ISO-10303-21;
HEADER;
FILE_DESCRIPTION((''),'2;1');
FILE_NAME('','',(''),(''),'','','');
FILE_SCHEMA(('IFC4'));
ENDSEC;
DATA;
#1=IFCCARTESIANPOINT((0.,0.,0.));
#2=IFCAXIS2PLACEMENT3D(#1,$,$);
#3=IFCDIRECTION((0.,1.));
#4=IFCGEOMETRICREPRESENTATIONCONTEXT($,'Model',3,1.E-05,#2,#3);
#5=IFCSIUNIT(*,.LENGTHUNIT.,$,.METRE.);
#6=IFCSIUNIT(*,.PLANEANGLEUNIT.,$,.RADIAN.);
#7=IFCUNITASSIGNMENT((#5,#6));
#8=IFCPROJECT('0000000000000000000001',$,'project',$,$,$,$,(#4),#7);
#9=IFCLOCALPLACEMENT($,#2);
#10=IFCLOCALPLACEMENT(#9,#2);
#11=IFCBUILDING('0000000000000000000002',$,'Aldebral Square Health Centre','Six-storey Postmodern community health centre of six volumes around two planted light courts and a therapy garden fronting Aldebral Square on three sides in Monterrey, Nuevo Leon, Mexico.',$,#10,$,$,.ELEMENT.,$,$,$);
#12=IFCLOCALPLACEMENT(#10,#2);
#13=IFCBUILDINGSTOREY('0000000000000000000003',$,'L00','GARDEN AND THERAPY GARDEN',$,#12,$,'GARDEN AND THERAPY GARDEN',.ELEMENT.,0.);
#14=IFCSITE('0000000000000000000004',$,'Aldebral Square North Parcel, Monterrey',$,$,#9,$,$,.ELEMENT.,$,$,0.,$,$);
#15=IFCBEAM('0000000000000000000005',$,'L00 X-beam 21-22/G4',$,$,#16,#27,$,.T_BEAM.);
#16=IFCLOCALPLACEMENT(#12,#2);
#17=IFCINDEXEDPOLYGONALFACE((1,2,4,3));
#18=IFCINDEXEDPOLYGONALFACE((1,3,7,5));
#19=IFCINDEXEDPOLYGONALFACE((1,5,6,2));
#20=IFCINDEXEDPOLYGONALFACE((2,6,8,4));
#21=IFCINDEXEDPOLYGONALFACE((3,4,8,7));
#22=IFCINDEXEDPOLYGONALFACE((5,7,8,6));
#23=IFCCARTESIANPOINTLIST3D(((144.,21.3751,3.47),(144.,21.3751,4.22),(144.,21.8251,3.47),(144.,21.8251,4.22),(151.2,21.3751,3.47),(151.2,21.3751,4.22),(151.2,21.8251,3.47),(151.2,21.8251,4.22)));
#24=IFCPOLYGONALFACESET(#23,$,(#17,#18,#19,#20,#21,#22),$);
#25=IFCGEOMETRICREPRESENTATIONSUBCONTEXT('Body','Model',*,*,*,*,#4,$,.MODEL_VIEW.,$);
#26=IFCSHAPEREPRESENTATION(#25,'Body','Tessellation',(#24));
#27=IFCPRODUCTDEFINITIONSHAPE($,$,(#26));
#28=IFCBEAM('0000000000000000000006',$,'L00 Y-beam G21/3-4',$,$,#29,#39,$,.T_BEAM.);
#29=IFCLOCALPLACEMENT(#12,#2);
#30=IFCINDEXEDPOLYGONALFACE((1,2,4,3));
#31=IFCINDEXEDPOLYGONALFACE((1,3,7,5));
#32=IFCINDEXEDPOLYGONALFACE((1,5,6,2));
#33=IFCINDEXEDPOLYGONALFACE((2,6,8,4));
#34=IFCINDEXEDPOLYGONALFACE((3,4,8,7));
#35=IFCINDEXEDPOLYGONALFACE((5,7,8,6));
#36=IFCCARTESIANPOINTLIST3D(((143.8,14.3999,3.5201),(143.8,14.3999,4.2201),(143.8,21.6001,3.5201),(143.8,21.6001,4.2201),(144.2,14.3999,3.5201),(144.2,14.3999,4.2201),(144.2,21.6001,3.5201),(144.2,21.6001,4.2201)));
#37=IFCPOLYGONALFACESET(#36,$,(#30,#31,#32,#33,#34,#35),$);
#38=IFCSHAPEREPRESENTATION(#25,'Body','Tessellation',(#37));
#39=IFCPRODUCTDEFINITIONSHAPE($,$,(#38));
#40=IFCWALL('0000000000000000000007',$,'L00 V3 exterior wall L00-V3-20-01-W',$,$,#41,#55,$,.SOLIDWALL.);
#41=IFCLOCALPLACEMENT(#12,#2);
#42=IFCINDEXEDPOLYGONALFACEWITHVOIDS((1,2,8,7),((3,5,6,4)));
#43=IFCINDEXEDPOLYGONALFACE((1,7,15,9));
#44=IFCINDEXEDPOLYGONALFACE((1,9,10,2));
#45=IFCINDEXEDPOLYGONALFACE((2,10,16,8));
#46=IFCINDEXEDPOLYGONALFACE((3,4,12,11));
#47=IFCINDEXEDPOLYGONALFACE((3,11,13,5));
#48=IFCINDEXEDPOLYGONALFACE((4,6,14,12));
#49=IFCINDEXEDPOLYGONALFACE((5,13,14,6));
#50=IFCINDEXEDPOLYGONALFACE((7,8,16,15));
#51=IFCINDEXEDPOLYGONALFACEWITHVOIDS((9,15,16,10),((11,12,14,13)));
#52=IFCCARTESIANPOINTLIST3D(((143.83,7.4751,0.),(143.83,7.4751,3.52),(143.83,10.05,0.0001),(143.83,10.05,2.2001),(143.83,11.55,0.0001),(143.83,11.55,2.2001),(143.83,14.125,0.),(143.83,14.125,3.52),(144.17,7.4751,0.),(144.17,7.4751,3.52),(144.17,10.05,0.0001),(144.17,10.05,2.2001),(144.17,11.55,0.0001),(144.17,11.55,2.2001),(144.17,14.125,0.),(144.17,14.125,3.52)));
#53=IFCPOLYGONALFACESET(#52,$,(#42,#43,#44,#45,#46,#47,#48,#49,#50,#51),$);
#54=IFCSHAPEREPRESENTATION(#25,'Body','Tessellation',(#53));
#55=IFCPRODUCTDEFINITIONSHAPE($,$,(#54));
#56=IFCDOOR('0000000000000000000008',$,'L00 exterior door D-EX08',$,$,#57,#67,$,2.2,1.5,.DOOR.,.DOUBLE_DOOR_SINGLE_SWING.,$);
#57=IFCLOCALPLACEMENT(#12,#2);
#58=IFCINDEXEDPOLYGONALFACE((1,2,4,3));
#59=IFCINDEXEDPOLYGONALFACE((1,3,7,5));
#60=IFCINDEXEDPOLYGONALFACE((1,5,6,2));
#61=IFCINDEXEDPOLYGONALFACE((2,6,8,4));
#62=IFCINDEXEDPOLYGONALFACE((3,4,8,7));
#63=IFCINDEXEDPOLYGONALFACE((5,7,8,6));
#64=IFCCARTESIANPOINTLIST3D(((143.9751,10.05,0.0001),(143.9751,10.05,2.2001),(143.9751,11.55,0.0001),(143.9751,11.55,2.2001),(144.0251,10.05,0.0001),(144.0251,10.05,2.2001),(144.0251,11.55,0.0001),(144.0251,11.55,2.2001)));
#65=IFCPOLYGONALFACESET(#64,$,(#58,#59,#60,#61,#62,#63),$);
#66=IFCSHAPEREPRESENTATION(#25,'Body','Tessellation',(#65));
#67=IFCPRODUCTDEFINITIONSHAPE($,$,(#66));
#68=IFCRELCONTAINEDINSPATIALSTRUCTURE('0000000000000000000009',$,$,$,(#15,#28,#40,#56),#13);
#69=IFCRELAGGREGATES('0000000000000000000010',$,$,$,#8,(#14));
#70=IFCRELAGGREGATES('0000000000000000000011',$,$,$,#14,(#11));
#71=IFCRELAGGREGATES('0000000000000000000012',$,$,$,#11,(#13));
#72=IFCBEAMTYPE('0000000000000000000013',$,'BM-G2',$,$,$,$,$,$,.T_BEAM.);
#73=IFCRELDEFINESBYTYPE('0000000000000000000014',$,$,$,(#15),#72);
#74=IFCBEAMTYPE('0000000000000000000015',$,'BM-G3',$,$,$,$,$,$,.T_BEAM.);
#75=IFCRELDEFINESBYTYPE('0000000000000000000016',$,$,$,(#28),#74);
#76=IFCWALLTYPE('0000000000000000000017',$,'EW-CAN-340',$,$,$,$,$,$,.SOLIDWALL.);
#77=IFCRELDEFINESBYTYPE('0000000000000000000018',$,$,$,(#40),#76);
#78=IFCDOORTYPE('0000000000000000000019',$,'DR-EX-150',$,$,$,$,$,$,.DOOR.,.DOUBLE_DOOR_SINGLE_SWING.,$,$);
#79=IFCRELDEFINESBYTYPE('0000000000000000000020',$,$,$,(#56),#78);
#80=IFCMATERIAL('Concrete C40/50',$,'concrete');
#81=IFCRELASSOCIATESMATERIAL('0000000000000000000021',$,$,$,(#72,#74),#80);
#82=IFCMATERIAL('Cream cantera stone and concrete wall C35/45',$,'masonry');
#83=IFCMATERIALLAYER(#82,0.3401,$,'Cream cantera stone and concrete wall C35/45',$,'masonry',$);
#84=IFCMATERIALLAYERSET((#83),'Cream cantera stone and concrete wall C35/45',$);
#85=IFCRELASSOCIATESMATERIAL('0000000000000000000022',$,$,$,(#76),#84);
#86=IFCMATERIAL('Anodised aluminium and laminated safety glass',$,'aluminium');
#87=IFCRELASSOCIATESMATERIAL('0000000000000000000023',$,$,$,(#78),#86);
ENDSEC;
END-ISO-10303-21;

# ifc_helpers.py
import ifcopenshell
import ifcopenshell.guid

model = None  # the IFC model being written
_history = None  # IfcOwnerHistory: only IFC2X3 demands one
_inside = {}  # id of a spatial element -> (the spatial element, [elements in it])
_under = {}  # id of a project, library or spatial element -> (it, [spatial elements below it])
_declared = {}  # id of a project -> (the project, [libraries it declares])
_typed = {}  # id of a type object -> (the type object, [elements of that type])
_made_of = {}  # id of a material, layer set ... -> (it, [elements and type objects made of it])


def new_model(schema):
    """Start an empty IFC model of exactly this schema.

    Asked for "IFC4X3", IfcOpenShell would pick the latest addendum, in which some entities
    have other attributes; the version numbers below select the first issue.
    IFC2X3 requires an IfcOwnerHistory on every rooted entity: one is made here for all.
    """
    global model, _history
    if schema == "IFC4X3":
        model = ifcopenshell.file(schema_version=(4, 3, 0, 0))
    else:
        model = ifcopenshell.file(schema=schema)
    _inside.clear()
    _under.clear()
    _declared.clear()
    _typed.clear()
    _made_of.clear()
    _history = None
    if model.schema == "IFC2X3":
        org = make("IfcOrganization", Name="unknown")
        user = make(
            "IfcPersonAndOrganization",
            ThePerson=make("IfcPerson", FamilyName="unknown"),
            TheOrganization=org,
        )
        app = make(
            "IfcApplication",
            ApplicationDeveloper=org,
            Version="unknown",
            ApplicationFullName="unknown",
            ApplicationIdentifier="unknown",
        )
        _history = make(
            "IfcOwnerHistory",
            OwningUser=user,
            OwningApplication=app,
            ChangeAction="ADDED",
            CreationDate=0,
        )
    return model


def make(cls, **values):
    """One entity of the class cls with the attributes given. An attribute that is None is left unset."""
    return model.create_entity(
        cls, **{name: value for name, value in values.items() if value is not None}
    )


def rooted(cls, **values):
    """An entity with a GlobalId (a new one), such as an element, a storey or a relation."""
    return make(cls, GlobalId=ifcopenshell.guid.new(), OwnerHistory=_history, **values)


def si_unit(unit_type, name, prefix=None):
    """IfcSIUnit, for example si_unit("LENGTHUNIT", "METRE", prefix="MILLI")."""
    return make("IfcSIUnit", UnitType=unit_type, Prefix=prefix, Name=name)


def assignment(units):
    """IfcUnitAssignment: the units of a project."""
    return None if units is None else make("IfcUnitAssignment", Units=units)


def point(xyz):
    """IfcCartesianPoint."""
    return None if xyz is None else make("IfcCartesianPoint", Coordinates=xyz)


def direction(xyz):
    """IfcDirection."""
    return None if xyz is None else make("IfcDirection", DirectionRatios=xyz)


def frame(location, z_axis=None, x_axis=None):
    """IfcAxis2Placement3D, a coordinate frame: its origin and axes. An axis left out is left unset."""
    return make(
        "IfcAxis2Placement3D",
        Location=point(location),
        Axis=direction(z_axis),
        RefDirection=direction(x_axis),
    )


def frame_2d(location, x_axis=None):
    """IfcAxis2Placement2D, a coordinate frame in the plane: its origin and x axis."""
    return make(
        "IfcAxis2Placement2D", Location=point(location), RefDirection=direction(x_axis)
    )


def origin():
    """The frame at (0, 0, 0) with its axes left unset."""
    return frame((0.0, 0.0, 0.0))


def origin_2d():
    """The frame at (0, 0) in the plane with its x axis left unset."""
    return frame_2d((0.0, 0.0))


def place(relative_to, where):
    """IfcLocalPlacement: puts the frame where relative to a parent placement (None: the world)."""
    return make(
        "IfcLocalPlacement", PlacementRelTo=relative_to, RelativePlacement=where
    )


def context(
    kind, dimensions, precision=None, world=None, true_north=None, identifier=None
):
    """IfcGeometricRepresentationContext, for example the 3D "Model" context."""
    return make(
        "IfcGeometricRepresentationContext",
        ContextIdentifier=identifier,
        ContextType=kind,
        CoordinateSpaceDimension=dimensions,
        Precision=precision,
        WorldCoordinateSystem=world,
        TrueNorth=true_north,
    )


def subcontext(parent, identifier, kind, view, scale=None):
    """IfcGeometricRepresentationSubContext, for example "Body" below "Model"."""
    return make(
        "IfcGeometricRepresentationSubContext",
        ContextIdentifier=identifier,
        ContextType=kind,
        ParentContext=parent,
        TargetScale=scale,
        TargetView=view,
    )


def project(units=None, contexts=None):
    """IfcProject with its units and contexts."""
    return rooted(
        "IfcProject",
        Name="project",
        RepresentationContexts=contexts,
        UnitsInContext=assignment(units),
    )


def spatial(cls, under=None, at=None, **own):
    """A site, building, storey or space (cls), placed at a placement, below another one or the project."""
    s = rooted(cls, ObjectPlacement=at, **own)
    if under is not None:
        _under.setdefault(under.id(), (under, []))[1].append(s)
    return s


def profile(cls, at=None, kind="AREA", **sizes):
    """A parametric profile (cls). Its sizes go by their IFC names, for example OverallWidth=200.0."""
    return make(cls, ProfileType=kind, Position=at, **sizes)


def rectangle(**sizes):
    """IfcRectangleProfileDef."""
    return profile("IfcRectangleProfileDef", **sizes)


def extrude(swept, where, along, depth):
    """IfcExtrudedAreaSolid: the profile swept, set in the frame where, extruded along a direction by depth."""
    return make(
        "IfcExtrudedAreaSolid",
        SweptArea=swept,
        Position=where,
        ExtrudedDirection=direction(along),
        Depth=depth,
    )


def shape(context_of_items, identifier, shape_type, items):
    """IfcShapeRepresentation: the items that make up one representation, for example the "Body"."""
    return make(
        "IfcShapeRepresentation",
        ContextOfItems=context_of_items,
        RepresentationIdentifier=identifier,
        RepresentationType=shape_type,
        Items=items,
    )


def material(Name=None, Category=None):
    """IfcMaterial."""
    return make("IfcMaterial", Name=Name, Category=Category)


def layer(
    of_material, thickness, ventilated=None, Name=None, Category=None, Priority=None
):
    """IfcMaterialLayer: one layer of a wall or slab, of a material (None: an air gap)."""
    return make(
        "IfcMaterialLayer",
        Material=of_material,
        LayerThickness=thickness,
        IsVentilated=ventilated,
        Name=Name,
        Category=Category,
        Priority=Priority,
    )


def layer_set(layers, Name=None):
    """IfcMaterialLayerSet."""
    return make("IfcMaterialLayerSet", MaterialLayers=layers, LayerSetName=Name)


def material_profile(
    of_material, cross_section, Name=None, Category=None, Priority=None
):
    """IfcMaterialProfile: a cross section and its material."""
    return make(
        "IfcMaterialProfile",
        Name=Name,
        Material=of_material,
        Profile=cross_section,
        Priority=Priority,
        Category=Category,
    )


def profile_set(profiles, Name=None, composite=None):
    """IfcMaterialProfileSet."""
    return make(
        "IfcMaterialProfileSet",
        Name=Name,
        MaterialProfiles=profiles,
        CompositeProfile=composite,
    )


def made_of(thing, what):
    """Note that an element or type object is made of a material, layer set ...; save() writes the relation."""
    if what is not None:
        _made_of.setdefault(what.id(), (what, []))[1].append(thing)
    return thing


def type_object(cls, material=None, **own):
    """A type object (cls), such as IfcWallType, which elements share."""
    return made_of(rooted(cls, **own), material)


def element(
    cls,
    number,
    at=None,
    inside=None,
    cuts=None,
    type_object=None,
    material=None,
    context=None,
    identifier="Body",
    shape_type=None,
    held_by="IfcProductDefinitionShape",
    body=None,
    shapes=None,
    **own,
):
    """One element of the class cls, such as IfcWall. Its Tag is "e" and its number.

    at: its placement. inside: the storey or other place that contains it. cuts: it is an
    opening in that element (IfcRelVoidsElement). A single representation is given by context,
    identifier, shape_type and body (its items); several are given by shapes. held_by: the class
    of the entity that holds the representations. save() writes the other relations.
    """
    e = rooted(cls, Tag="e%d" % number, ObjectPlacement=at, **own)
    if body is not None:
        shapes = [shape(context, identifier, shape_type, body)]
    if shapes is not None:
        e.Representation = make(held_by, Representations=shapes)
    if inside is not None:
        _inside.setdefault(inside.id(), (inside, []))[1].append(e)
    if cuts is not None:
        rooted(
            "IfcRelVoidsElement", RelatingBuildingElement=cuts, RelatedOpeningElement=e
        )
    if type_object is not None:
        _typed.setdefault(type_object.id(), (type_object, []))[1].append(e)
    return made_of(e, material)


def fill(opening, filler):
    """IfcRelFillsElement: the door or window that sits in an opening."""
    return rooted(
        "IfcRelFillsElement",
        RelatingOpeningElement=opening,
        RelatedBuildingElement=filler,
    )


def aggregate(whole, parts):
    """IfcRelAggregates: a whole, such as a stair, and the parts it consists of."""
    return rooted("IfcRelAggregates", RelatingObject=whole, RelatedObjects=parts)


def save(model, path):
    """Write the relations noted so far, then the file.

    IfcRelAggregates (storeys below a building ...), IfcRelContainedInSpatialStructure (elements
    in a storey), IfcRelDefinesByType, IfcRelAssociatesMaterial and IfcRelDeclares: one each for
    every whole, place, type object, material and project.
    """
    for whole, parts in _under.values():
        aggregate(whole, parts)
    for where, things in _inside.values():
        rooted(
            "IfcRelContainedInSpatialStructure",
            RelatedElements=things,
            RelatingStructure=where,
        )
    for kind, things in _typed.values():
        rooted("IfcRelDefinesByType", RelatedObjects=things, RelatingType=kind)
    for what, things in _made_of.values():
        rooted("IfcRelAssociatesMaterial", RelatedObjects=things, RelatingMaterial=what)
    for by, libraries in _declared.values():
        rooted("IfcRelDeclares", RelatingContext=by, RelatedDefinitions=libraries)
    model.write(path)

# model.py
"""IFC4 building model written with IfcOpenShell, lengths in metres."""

from ifc_helpers import new_model, si_unit, direction, frame, frame_2d, origin, origin_2d, place, context, subcontext, project, spatial, rectangle, extrude, material, layer, layer_set, material_profile, profile_set, type_object, element, fill, save


model = new_model("IFC4")

# Units and contexts
model_context = context("Model", 3, precision=1e-05, world=origin(), true_north=direction((0.0, 1.0)))
body_context = subcontext(model_context, "Body", "Model", "MODEL_VIEW")
ifc_project = project(units=[si_unit("LENGTHUNIT", "METRE"), si_unit("PLANEANGLEUNIT", "RADIAN")], contexts=[model_context])

# Site, building, storey
site_placement = place(None, origin())
site = spatial("IfcSite", under=ifc_project, at=site_placement, Name="Aldebral Square North Parcel, Monterrey", CompositionType="ELEMENT", RefElevation=0.0)
building_placement = place(site_placement, origin())
building = spatial("IfcBuilding", under=site, at=building_placement, Name="Aldebral Square Health Centre", Description="Six-storey Postmodern community health centre of six volumes around two planted light courts and a therapy garden fronting Aldebral Square on three sides in Monterrey, Nuevo Leon, Mexico.", CompositionType="ELEMENT")
storey_placement = place(building_placement, origin())
storey = spatial("IfcBuildingStorey", under=building, at=storey_placement, Name="L00", Description="GARDEN AND THERAPY GARDEN", LongName="GARDEN AND THERAPY GARDEN", CompositionType="ELEMENT", Elevation=0.0)

# Shared definitions
ifc_material_1 = material(Name="Concrete C40/50", Category="concrete")

# Beams
ifc_material_profile_1 = material_profile(ifc_material_1, rectangle(XDim=0.45, YDim=0.75, at=origin_2d()), Name="RC 450x750")
ifc_profile_set_1 = profile_set([ifc_material_profile_1], Name="Concrete C40/50")
beam_type_1 = type_object("IfcBeamType", Name="BM-G2", PredefinedType="T_BEAM", material=ifc_profile_set_1)
beam_1_placement = place(storey_placement, frame((144.0, 21.6001, 3.845), z_axis=(1.0, 0.0, 0.0), x_axis=(0.0, 1.0, 0.0)))
element("IfcBeam", 1, at=beam_1_placement, inside=storey, type_object=beam_type_1, Name="L00 X-beam 21-22/G4", PredefinedType="T_BEAM", context=body_context, shape_type="SweptSolid", body=[
    extrude(rectangle(XDim=0.45, YDim=0.75, at=origin_2d()), origin(), (0.0, 0.0, 1.0), 7.2),
])
ifc_material_profile_2 = material_profile(ifc_material_1, rectangle(XDim=0.3999, YDim=0.7, at=origin_2d()), Name="RC 400x700")
ifc_profile_set_2 = profile_set([ifc_material_profile_2], Name="Concrete C40/50")
beam_type_2 = type_object("IfcBeamType", Name="BM-G3", PredefinedType="T_BEAM", material=ifc_profile_set_2)
beam_2_placement = place(storey_placement, frame((144.0, 14.3999, 3.8701), z_axis=(0.0, 1.0, 0.0), x_axis=(-1.0, 0.0, 0.0)))
element("IfcBeam", 2, at=beam_2_placement, inside=storey, type_object=beam_type_2, Name="L00 Y-beam G21/3-4", PredefinedType="T_BEAM", context=body_context, shape_type="SweptSolid", body=[
    extrude(rectangle(XDim=0.3999, YDim=0.7, at=origin_2d()), origin(), (0.0, 0.0, 1.0), 7.2002),
])

# Wall, opening, door
ifc_material_2 = material(Name="Cream cantera stone and concrete wall C35/45", Category="masonry")
ifc_layer_1 = layer(ifc_material_2, 0.3401, Name="Cream cantera stone and concrete wall C35/45", Category="masonry")
ifc_layer_set_1 = layer_set([ifc_layer_1], Name="Cream cantera stone and concrete wall C35/45")
wall_type = type_object("IfcWallType", Name="EW-CAN-340", PredefinedType="SOLIDWALL", material=ifc_layer_set_1)
wall_placement = place(storey_placement, frame((144.0, 7.4751, 0.0), z_axis=(0.0, 0.0, 1.0), x_axis=(0.0, 1.0, 0.0)))
wall = element("IfcWall", 3, at=wall_placement, inside=storey, type_object=wall_type, Name="L00 V3 exterior wall L00-V3-20-01-W", PredefinedType="SOLIDWALL", context=body_context, shape_type="SweptSolid", body=[
    extrude(rectangle(XDim=6.6499, YDim=0.3401, at=frame_2d((3.325, 0.0))), origin(), (0.0, 0.0, 1.0), 3.52),
])
opening_placement = place(wall_placement, frame((2.575, 0.0, 0.0)))
opening = element("IfcOpeningElement", 4, at=opening_placement, cuts=wall, PredefinedType="OPENING", context=body_context, shape_type="SweptSolid", body=[
    extrude(rectangle(XDim=1.5, YDim=2.2, at=frame_2d((0.75, 1.1001))), frame((0.0, 0.1802, 0.0), z_axis=(0.0, -1.0, 0.0), x_axis=(1.0, 0.0, 0.0)), (0.0, 0.0, 1.0), 0.3601),
])
ifc_material_3 = material(Name="Anodised aluminium and laminated safety glass", Category="aluminium")
door_type = type_object("IfcDoorType", Name="DR-EX-150", OperationType="DOUBLE_DOOR_SINGLE_SWING", PredefinedType="DOOR", material=ifc_material_3)
door_placement = place(opening_placement, origin())
door = element("IfcDoor", 5, at=door_placement, inside=storey, type_object=door_type, Name="L00 exterior door D-EX08", OperationType="DOUBLE_DOOR_SINGLE_SWING", OverallHeight=2.2, OverallWidth=1.5, PredefinedType="DOOR", context=body_context, shape_type="SweptSolid", body=[
    extrude(rectangle(XDim=1.5, YDim=2.2, at=frame_2d((0.75, 1.1001))), frame((0.0, 0.0249, 0.0), z_axis=(0.0, -1.0, 0.0), x_axis=(1.0, 0.0, 0.0)), (0.0, 0.0, 1.0), 0.05),
])
fill(opening, door)

save(model, "model.ifc")
